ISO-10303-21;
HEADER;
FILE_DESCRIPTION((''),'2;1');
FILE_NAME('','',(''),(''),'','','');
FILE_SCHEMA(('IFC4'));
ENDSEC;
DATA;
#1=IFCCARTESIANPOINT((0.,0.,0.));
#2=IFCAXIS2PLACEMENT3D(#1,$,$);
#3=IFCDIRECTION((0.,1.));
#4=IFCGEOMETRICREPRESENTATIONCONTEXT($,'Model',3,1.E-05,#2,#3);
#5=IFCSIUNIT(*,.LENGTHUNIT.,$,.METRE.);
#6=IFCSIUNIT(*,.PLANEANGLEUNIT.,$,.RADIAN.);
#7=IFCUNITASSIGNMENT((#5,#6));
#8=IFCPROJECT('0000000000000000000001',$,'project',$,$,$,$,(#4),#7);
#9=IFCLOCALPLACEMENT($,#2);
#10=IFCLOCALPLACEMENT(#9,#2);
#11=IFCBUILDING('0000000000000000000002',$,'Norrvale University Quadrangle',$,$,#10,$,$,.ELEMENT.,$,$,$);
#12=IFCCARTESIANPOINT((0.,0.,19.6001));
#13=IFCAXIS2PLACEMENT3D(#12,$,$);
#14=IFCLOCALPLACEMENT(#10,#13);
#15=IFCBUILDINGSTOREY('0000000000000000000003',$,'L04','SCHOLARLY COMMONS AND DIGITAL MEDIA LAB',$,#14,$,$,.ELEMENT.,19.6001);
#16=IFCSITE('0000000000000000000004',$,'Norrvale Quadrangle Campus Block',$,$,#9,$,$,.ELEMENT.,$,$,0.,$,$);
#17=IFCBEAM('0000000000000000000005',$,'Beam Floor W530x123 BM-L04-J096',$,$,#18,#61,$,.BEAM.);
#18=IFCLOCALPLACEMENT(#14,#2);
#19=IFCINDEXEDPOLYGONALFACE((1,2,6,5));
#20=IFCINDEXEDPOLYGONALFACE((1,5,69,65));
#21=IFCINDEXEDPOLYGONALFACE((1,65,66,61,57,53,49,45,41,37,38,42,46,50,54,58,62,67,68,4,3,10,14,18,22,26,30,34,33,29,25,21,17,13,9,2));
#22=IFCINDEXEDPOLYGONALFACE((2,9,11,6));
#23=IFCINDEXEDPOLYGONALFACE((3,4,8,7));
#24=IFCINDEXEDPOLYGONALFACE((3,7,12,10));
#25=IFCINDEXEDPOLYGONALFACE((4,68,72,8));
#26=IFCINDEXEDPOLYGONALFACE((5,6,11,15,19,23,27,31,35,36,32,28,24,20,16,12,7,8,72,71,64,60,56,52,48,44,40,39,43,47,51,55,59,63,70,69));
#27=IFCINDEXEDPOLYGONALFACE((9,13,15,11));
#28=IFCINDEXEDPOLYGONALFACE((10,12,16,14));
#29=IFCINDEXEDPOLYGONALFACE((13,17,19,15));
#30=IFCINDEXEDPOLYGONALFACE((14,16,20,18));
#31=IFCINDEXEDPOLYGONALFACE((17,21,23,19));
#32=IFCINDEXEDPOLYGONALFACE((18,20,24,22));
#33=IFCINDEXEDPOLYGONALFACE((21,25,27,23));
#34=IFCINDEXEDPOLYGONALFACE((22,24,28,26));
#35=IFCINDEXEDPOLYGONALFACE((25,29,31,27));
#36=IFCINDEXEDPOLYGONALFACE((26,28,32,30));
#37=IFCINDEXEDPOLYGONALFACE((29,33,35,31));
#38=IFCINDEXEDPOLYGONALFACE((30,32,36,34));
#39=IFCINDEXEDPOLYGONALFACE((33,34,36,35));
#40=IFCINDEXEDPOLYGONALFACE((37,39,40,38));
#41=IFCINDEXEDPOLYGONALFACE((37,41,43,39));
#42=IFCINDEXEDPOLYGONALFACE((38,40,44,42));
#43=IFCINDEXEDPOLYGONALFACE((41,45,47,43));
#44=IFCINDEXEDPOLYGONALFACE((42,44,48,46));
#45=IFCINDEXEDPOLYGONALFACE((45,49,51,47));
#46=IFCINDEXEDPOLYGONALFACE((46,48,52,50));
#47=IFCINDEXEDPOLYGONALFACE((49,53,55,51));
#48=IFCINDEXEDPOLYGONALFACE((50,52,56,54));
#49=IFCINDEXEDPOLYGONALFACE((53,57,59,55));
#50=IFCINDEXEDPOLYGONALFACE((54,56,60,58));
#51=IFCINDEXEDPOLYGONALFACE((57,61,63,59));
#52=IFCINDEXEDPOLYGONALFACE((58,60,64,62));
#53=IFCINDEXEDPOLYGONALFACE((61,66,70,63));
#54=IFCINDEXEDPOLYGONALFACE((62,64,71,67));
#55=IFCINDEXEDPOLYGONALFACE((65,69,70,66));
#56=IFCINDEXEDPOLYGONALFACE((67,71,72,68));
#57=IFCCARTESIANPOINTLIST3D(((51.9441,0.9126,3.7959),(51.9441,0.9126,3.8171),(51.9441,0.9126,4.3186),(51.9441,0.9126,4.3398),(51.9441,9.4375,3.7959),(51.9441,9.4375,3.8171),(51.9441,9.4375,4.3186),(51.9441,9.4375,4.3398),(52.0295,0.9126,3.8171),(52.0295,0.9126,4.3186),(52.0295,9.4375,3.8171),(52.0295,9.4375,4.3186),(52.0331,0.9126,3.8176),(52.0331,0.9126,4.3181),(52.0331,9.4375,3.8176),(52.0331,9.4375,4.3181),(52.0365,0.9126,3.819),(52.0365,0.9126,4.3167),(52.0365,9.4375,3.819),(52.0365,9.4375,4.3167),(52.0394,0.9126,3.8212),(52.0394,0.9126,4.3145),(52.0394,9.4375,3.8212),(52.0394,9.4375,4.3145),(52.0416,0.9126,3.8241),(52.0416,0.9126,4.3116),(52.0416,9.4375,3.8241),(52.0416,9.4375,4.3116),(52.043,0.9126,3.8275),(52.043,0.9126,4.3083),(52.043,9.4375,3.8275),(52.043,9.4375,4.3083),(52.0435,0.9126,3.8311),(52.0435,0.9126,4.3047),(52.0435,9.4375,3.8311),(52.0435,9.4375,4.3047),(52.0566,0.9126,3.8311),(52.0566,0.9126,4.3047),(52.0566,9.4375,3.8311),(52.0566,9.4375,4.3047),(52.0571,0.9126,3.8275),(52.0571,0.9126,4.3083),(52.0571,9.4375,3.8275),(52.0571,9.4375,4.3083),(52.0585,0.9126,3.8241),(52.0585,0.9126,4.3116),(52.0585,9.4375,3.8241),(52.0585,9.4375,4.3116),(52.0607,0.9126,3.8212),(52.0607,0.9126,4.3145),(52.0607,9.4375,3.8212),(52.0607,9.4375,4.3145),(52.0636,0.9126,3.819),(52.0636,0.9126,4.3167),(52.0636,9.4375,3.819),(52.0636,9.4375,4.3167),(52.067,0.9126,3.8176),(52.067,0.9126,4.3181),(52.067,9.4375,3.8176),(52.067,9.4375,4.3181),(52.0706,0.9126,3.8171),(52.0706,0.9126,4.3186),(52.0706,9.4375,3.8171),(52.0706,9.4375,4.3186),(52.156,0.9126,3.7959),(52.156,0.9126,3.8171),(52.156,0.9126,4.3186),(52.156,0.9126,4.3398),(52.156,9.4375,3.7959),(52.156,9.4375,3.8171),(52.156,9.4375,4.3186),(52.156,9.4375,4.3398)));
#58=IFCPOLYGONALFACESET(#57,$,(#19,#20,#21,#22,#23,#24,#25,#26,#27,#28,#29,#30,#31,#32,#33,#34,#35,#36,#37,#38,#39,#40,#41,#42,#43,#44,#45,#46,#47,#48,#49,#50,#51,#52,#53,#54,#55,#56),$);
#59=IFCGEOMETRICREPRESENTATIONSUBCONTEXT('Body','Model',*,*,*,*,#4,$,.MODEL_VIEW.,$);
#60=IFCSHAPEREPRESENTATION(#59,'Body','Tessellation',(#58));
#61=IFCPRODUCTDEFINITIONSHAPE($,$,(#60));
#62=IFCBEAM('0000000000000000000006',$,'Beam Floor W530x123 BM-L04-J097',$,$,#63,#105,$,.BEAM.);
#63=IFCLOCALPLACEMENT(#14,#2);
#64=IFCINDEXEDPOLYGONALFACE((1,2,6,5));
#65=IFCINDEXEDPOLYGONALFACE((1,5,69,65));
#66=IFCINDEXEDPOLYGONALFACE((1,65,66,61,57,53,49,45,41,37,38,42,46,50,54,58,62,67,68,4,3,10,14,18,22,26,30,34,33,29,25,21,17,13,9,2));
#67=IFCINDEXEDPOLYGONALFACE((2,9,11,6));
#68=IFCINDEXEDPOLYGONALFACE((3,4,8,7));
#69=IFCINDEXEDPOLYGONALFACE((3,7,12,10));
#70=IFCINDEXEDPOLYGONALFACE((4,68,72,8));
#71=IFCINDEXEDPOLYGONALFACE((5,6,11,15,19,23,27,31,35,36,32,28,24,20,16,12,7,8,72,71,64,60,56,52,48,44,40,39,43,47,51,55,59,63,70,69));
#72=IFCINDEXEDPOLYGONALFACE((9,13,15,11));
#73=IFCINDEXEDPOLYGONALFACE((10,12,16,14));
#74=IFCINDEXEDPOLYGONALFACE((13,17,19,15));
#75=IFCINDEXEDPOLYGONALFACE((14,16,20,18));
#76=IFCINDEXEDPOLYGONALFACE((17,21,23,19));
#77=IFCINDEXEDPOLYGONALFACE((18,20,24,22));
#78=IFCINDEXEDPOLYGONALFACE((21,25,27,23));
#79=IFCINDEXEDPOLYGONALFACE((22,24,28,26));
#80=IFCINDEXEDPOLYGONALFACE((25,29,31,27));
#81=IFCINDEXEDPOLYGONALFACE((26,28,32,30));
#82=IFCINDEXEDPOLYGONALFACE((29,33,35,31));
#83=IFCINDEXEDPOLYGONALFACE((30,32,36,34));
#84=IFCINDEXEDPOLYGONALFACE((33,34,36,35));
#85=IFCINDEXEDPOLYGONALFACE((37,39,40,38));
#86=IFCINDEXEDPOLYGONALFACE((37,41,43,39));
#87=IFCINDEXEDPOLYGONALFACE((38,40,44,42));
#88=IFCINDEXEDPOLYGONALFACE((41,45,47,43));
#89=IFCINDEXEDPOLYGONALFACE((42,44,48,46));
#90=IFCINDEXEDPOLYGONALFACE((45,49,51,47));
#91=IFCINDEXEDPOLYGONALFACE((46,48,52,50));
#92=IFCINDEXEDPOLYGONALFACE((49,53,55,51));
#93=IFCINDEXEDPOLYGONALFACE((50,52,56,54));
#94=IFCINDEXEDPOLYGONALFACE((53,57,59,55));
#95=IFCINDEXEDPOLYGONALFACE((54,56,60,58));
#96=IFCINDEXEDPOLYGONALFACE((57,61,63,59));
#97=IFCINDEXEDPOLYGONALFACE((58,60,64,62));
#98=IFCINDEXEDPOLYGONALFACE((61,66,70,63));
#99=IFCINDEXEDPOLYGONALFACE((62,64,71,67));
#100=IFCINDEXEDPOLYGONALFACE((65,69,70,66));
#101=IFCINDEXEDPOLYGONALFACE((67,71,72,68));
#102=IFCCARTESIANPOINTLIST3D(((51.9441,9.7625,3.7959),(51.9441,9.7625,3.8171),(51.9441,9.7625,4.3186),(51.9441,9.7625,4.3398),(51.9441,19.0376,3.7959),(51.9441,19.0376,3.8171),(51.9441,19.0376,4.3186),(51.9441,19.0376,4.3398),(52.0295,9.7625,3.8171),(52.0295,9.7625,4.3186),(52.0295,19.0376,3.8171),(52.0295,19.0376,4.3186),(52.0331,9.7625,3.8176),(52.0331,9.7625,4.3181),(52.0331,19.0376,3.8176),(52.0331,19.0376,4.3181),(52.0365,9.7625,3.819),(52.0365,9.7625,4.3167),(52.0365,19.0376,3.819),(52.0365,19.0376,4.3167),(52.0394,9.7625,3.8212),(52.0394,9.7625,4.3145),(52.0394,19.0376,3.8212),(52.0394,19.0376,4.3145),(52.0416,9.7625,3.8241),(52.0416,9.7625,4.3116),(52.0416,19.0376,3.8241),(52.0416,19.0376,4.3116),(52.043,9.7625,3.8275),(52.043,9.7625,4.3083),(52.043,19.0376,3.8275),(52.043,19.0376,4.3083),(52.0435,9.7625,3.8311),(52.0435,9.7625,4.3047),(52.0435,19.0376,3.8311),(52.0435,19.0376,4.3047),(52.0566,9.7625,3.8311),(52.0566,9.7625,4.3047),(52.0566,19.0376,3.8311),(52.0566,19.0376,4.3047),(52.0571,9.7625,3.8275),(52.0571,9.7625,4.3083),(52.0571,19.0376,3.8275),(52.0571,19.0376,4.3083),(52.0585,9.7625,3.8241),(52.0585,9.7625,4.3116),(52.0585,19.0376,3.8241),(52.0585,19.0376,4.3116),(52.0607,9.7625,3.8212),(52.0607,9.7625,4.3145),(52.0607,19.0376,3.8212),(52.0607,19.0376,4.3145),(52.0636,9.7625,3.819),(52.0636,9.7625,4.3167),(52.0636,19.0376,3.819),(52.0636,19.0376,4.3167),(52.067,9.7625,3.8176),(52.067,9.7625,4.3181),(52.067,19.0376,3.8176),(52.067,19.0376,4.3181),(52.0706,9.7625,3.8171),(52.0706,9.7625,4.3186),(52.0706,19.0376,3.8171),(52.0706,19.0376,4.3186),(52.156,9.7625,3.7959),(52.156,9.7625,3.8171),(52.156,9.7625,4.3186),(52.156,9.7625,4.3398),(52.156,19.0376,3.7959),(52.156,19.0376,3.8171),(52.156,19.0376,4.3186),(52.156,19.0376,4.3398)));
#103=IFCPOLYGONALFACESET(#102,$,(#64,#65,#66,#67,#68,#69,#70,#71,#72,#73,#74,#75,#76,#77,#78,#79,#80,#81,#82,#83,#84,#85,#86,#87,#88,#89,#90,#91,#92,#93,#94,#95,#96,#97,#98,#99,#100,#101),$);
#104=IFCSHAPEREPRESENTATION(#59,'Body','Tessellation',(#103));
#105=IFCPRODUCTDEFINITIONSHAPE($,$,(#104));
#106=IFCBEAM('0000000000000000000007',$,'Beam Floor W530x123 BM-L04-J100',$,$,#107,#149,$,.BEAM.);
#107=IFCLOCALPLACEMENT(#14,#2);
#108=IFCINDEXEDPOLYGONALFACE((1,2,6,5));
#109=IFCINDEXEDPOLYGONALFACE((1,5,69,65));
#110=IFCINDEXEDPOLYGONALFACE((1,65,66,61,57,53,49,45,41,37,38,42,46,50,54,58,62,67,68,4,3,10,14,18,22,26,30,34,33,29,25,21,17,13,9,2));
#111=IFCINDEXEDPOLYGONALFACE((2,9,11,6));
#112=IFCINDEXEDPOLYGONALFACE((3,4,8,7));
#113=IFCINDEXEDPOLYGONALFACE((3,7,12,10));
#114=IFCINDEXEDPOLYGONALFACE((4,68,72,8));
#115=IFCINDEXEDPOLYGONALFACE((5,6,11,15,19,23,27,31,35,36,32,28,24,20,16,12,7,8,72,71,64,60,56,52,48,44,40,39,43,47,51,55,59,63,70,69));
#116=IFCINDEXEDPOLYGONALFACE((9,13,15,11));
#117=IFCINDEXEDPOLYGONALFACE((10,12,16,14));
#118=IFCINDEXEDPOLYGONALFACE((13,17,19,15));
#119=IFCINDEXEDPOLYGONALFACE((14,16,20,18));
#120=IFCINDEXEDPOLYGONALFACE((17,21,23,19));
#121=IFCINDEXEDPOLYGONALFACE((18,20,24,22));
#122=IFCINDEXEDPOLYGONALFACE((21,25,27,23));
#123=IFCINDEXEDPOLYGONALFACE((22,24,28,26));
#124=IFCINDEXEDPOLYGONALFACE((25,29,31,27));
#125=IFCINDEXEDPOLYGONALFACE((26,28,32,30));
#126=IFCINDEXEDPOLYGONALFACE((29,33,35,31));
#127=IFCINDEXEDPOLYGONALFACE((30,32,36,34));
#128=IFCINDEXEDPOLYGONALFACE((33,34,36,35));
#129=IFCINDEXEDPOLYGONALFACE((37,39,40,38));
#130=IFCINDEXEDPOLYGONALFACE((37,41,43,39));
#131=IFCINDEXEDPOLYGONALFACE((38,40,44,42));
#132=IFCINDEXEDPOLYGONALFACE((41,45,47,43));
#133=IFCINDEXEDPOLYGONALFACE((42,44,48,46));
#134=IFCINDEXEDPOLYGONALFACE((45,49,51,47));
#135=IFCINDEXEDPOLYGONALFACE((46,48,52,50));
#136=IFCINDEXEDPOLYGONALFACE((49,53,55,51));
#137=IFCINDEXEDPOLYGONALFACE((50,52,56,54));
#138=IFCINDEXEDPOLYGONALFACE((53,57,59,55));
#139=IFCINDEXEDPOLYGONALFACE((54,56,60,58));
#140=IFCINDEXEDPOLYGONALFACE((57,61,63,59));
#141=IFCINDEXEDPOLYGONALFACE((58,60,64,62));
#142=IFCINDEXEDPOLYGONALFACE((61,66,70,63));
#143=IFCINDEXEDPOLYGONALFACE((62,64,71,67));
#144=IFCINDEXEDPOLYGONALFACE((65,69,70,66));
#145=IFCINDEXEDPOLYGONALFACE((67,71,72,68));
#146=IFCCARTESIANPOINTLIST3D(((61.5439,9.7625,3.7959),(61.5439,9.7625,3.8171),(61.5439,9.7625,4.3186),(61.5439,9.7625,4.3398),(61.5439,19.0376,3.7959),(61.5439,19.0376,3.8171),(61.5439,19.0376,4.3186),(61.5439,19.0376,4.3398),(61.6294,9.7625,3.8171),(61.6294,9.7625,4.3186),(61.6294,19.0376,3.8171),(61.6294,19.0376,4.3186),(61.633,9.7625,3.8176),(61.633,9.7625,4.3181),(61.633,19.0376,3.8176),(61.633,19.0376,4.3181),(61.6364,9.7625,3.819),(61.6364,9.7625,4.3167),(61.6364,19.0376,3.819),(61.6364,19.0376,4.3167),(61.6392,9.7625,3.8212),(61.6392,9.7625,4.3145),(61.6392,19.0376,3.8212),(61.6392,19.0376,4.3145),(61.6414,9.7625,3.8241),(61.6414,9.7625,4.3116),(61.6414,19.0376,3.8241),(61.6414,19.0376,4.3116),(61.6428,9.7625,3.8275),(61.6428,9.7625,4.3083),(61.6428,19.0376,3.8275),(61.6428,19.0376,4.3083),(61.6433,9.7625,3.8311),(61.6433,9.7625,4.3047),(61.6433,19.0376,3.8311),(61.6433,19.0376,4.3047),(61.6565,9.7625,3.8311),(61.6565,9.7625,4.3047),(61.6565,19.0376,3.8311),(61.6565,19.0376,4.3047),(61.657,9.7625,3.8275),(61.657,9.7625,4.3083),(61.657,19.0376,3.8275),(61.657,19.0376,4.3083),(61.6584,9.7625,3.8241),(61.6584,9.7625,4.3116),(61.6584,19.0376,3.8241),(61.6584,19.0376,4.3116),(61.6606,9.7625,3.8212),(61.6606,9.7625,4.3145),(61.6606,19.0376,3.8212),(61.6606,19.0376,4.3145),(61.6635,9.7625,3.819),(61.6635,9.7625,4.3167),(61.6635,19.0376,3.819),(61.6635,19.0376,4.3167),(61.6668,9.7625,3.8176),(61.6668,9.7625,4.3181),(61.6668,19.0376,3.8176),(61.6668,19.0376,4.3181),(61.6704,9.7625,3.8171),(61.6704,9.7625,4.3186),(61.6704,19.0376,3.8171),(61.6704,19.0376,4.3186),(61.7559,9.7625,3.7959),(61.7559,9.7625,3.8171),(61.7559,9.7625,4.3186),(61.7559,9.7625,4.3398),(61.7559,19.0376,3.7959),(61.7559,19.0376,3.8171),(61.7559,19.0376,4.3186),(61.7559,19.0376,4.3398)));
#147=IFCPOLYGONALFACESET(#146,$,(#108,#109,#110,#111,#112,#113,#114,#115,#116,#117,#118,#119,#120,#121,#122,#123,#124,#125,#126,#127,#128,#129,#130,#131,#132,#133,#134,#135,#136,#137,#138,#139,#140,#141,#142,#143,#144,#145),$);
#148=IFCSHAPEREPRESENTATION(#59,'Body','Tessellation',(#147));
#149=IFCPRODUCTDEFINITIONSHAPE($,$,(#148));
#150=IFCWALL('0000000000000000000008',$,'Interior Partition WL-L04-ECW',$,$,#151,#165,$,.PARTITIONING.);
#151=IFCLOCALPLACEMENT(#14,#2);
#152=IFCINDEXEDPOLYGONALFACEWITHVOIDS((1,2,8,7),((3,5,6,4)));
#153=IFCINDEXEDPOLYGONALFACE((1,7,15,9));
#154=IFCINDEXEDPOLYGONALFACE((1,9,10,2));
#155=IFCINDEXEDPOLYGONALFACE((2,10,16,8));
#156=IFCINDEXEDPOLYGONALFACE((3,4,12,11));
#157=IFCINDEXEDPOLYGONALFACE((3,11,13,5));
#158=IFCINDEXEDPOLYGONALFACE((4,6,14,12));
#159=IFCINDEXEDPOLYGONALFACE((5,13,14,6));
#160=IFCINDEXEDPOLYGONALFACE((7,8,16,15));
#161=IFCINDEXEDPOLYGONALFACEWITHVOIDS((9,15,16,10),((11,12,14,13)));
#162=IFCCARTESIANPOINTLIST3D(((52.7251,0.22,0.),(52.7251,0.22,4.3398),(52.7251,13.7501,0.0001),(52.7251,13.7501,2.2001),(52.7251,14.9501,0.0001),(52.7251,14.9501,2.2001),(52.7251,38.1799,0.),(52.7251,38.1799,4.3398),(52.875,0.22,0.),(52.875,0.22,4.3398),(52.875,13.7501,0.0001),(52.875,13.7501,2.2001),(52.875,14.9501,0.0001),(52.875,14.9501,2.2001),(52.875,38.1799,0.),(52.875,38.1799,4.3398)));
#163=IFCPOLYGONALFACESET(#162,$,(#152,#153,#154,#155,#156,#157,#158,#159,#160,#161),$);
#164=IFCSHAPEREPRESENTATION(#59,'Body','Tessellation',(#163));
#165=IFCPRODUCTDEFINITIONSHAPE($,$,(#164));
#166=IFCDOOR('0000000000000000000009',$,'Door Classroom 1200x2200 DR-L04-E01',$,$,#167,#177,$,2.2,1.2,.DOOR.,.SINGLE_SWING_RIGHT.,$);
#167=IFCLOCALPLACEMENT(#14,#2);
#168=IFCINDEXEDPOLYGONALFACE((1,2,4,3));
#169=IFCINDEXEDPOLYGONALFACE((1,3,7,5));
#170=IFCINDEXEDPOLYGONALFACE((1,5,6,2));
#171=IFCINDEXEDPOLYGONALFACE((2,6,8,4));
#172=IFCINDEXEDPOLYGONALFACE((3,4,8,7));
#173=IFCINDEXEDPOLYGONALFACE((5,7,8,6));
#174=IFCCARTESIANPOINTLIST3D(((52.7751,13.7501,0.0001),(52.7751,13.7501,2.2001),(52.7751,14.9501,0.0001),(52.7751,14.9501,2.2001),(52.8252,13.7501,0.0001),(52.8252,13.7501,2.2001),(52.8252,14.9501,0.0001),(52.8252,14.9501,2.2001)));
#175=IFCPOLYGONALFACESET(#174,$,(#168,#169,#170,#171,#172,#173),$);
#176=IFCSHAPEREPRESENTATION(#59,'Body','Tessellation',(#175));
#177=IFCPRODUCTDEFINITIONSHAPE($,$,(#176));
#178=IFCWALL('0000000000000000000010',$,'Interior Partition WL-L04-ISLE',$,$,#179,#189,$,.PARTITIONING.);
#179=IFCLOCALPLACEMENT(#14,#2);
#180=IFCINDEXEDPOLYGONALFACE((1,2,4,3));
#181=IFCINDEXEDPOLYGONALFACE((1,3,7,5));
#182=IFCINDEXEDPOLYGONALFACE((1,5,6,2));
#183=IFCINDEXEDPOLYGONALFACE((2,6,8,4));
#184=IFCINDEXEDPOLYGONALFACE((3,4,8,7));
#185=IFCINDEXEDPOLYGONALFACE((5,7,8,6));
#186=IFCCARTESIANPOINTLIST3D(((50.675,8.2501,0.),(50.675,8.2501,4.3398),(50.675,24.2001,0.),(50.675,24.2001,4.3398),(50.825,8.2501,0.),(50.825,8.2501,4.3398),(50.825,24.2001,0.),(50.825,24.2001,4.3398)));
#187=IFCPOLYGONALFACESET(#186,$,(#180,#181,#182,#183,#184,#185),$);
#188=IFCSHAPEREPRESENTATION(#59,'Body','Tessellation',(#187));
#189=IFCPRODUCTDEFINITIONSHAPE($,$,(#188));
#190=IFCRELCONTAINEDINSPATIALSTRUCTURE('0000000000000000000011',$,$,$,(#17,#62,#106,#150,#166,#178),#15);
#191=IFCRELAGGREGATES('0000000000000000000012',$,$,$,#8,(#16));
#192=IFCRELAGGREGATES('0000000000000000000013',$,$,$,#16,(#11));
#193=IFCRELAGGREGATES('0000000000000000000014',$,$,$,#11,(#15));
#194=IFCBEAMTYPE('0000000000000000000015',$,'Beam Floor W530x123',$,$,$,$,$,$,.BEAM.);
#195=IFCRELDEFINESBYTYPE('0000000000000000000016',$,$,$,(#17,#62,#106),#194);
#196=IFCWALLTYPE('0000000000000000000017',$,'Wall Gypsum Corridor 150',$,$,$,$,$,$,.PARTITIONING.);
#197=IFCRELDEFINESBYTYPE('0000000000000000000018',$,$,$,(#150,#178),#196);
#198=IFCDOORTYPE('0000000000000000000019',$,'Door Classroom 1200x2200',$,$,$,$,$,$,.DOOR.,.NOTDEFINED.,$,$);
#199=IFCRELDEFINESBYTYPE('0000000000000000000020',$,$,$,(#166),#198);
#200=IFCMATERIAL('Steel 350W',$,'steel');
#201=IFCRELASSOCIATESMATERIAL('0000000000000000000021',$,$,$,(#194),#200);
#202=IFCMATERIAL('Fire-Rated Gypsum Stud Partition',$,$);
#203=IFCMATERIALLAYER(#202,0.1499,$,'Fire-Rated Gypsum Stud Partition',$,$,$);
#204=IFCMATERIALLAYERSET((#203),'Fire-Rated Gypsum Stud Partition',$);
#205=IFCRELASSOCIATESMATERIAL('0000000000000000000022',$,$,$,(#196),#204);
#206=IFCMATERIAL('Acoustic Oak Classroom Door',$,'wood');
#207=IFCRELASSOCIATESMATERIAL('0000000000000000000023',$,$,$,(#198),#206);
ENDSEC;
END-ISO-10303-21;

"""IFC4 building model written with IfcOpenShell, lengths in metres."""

from ifc_helpers import new_model, si_unit, direction, frame, frame_2d, origin, origin_2d, place, context, subcontext, project, spatial, rectangle, i_section, extrude, material, layer, layer_set, material_profile, profile_set, type_object, element, fill, save


model = new_model("IFC4")

# Units and contexts
model_context = context("Model", 3, precision=1e-05, world=origin(), true_north=direction((0.0, 1.0)))
body_context = subcontext(model_context, "Body", "Model", "MODEL_VIEW")
ifc_project = project(units=[si_unit("LENGTHUNIT", "METRE"), si_unit("PLANEANGLEUNIT", "RADIAN")], contexts=[model_context])

# Site, building, storey
site_placement = place(None, origin())
site = spatial("IfcSite", under=ifc_project, at=site_placement, Name="Norrvale Quadrangle Campus Block", CompositionType="ELEMENT", RefElevation=0.0)
building_placement = place(site_placement, origin())
building = spatial("IfcBuilding", under=site, at=building_placement, Name="Norrvale University Quadrangle", CompositionType="ELEMENT")
storey_placement = place(building_placement, frame((0.0, 0.0, 19.6001)))
storey = spatial("IfcBuildingStorey", under=building, at=storey_placement, Name="L04", Description="SCHOLARLY COMMONS AND DIGITAL MEDIA LAB", CompositionType="ELEMENT", Elevation=19.6001)

# Beams
ifc_material_1 = material(Name="Steel 350W", Category="steel")
ifc_material_profile_1 = material_profile(ifc_material_1, i_section(OverallWidth=0.2119, OverallDepth=0.5439, WebThickness=0.0132, FlangeThickness=0.0212, FilletRadius=0.0139, at=origin_2d()), Name="Steel 350W")
ifc_profile_set_1 = profile_set([ifc_material_profile_1], Name="Steel 350W")
beam_type_1 = type_object("IfcBeamType", Name="Beam Floor W530x123", PredefinedType="BEAM", material=ifc_profile_set_1)
beam_1_placement = place(storey_placement, frame((52.05, 0.9126, 4.0679), z_axis=(0.0, 1.0, 0.0), x_axis=(-1.0, 0.0, 0.0)))
element("IfcBeam", 1, at=beam_1_placement, inside=storey, type_object=beam_type_1, Name="Beam Floor W530x123 BM-L04-J096", PredefinedType="BEAM", context=body_context, shape_type="SweptSolid", body=[
    extrude(i_section(OverallWidth=0.2119, OverallDepth=0.5439, WebThickness=0.0132, FlangeThickness=0.0212, FilletRadius=0.0139, at=origin_2d()), origin(), (0.0, 0.0, 1.0), 8.5249),
])
for number, where, z_axis, x_axis, name in (
    (2, (52.05, 9.7625, 4.0679), (0.0, 1.0, 0.0), (-1.0, 0.0, 0.0), "Beam Floor W530x123 BM-L04-J097"),
    (3, (61.6499, 9.7625, 4.0679), (0.0, 1.0, 0.0), (-1.0, 0.0, 0.0), "Beam Floor W530x123 BM-L04-J100"),
):
    element("IfcBeam", number, at=place(storey_placement, frame(where, z_axis=z_axis, x_axis=x_axis)), inside=storey, type_object=beam_type_1, Name=name, PredefinedType="BEAM", context=body_context, shape_type="SweptSolid", body=[
        extrude(i_section(OverallWidth=0.2119, OverallDepth=0.5439, WebThickness=0.0132, FlangeThickness=0.0212, FilletRadius=0.0139, at=origin_2d()), origin(), (0.0, 0.0, 1.0), 9.2751),
    ])

# Wall, opening, door
ifc_material_2 = material(Name="Fire-Rated Gypsum Stud Partition")
ifc_layer = layer(ifc_material_2, 0.1499, Name="Fire-Rated Gypsum Stud Partition")
ifc_layer_set = layer_set([ifc_layer], Name="Fire-Rated Gypsum Stud Partition")
wall_type = type_object("IfcWallType", Name="Wall Gypsum Corridor 150", PredefinedType="PARTITIONING", material=ifc_layer_set)
wall_1_placement = place(storey_placement, frame((52.8, 0.22, 0.0), z_axis=(0.0, 0.0, 1.0), x_axis=(0.0, 1.0, 0.0)))
wall_1 = element("IfcWall", 4, at=wall_1_placement, inside=storey, type_object=wall_type, Name="Interior Partition WL-L04-ECW", PredefinedType="PARTITIONING", context=body_context, shape_type="SweptSolid", body=[
    extrude(rectangle(XDim=37.96, YDim=0.1499, at=frame_2d((18.98, 0.0))), origin(), (0.0, 0.0, 1.0), 4.3398),
])
opening_placement = place(wall_1_placement, frame((13.53, 0.0, 0.0)))
opening = element("IfcOpeningElement", 5, at=opening_placement, cuts=wall_1, PredefinedType="OPENING", context=body_context, shape_type="SweptSolid", body=[
    extrude(rectangle(XDim=1.2, YDim=2.2, at=frame_2d((0.6001, 1.1001))), frame((0.0, 0.0869, 0.0), z_axis=(0.0, -1.0, 0.0), x_axis=(1.0, 0.0, 0.0)), (0.0, 0.0, 1.0), 0.1738),
])
ifc_material_3 = material(Name="Acoustic Oak Classroom Door", Category="wood")
door_type = type_object("IfcDoorType", Name="Door Classroom 1200x2200", OperationType="NOTDEFINED", PredefinedType="DOOR", material=ifc_material_3)
door_placement = place(opening_placement, origin())
door = element("IfcDoor", 6, at=door_placement, inside=storey, type_object=door_type, Name="Door Classroom 1200x2200 DR-L04-E01", OperationType="SINGLE_SWING_RIGHT", OverallHeight=2.2, OverallWidth=1.2, PredefinedType="DOOR", context=body_context, shape_type="SweptSolid", body=[
    extrude(rectangle(XDim=1.2, YDim=2.2, at=frame_2d((0.6001, 1.1001))), frame((0.0, 0.0249, 0.0), z_axis=(0.0, -1.0, 0.0), x_axis=(1.0, 0.0, 0.0)), (0.0, 0.0, 1.0), 0.05),
])
fill(opening, door)

# Wall
wall_2_placement = place(storey_placement, frame((50.75, 8.25, 0.0), z_axis=(0.0, 0.0, 1.0), x_axis=(0.0, 1.0, 0.0)))
element("IfcWall", 7, at=wall_2_placement, inside=storey, type_object=wall_type, Name="Interior Partition WL-L04-ISLE", PredefinedType="PARTITIONING", context=body_context, shape_type="SweptSolid", body=[
    extrude(rectangle(XDim=15.95, YDim=0.1499, at=frame_2d((7.9751, 0.0))), origin(), (0.0, 0.0, 1.0), 4.3398),
])

save(model, "model.ifc")
